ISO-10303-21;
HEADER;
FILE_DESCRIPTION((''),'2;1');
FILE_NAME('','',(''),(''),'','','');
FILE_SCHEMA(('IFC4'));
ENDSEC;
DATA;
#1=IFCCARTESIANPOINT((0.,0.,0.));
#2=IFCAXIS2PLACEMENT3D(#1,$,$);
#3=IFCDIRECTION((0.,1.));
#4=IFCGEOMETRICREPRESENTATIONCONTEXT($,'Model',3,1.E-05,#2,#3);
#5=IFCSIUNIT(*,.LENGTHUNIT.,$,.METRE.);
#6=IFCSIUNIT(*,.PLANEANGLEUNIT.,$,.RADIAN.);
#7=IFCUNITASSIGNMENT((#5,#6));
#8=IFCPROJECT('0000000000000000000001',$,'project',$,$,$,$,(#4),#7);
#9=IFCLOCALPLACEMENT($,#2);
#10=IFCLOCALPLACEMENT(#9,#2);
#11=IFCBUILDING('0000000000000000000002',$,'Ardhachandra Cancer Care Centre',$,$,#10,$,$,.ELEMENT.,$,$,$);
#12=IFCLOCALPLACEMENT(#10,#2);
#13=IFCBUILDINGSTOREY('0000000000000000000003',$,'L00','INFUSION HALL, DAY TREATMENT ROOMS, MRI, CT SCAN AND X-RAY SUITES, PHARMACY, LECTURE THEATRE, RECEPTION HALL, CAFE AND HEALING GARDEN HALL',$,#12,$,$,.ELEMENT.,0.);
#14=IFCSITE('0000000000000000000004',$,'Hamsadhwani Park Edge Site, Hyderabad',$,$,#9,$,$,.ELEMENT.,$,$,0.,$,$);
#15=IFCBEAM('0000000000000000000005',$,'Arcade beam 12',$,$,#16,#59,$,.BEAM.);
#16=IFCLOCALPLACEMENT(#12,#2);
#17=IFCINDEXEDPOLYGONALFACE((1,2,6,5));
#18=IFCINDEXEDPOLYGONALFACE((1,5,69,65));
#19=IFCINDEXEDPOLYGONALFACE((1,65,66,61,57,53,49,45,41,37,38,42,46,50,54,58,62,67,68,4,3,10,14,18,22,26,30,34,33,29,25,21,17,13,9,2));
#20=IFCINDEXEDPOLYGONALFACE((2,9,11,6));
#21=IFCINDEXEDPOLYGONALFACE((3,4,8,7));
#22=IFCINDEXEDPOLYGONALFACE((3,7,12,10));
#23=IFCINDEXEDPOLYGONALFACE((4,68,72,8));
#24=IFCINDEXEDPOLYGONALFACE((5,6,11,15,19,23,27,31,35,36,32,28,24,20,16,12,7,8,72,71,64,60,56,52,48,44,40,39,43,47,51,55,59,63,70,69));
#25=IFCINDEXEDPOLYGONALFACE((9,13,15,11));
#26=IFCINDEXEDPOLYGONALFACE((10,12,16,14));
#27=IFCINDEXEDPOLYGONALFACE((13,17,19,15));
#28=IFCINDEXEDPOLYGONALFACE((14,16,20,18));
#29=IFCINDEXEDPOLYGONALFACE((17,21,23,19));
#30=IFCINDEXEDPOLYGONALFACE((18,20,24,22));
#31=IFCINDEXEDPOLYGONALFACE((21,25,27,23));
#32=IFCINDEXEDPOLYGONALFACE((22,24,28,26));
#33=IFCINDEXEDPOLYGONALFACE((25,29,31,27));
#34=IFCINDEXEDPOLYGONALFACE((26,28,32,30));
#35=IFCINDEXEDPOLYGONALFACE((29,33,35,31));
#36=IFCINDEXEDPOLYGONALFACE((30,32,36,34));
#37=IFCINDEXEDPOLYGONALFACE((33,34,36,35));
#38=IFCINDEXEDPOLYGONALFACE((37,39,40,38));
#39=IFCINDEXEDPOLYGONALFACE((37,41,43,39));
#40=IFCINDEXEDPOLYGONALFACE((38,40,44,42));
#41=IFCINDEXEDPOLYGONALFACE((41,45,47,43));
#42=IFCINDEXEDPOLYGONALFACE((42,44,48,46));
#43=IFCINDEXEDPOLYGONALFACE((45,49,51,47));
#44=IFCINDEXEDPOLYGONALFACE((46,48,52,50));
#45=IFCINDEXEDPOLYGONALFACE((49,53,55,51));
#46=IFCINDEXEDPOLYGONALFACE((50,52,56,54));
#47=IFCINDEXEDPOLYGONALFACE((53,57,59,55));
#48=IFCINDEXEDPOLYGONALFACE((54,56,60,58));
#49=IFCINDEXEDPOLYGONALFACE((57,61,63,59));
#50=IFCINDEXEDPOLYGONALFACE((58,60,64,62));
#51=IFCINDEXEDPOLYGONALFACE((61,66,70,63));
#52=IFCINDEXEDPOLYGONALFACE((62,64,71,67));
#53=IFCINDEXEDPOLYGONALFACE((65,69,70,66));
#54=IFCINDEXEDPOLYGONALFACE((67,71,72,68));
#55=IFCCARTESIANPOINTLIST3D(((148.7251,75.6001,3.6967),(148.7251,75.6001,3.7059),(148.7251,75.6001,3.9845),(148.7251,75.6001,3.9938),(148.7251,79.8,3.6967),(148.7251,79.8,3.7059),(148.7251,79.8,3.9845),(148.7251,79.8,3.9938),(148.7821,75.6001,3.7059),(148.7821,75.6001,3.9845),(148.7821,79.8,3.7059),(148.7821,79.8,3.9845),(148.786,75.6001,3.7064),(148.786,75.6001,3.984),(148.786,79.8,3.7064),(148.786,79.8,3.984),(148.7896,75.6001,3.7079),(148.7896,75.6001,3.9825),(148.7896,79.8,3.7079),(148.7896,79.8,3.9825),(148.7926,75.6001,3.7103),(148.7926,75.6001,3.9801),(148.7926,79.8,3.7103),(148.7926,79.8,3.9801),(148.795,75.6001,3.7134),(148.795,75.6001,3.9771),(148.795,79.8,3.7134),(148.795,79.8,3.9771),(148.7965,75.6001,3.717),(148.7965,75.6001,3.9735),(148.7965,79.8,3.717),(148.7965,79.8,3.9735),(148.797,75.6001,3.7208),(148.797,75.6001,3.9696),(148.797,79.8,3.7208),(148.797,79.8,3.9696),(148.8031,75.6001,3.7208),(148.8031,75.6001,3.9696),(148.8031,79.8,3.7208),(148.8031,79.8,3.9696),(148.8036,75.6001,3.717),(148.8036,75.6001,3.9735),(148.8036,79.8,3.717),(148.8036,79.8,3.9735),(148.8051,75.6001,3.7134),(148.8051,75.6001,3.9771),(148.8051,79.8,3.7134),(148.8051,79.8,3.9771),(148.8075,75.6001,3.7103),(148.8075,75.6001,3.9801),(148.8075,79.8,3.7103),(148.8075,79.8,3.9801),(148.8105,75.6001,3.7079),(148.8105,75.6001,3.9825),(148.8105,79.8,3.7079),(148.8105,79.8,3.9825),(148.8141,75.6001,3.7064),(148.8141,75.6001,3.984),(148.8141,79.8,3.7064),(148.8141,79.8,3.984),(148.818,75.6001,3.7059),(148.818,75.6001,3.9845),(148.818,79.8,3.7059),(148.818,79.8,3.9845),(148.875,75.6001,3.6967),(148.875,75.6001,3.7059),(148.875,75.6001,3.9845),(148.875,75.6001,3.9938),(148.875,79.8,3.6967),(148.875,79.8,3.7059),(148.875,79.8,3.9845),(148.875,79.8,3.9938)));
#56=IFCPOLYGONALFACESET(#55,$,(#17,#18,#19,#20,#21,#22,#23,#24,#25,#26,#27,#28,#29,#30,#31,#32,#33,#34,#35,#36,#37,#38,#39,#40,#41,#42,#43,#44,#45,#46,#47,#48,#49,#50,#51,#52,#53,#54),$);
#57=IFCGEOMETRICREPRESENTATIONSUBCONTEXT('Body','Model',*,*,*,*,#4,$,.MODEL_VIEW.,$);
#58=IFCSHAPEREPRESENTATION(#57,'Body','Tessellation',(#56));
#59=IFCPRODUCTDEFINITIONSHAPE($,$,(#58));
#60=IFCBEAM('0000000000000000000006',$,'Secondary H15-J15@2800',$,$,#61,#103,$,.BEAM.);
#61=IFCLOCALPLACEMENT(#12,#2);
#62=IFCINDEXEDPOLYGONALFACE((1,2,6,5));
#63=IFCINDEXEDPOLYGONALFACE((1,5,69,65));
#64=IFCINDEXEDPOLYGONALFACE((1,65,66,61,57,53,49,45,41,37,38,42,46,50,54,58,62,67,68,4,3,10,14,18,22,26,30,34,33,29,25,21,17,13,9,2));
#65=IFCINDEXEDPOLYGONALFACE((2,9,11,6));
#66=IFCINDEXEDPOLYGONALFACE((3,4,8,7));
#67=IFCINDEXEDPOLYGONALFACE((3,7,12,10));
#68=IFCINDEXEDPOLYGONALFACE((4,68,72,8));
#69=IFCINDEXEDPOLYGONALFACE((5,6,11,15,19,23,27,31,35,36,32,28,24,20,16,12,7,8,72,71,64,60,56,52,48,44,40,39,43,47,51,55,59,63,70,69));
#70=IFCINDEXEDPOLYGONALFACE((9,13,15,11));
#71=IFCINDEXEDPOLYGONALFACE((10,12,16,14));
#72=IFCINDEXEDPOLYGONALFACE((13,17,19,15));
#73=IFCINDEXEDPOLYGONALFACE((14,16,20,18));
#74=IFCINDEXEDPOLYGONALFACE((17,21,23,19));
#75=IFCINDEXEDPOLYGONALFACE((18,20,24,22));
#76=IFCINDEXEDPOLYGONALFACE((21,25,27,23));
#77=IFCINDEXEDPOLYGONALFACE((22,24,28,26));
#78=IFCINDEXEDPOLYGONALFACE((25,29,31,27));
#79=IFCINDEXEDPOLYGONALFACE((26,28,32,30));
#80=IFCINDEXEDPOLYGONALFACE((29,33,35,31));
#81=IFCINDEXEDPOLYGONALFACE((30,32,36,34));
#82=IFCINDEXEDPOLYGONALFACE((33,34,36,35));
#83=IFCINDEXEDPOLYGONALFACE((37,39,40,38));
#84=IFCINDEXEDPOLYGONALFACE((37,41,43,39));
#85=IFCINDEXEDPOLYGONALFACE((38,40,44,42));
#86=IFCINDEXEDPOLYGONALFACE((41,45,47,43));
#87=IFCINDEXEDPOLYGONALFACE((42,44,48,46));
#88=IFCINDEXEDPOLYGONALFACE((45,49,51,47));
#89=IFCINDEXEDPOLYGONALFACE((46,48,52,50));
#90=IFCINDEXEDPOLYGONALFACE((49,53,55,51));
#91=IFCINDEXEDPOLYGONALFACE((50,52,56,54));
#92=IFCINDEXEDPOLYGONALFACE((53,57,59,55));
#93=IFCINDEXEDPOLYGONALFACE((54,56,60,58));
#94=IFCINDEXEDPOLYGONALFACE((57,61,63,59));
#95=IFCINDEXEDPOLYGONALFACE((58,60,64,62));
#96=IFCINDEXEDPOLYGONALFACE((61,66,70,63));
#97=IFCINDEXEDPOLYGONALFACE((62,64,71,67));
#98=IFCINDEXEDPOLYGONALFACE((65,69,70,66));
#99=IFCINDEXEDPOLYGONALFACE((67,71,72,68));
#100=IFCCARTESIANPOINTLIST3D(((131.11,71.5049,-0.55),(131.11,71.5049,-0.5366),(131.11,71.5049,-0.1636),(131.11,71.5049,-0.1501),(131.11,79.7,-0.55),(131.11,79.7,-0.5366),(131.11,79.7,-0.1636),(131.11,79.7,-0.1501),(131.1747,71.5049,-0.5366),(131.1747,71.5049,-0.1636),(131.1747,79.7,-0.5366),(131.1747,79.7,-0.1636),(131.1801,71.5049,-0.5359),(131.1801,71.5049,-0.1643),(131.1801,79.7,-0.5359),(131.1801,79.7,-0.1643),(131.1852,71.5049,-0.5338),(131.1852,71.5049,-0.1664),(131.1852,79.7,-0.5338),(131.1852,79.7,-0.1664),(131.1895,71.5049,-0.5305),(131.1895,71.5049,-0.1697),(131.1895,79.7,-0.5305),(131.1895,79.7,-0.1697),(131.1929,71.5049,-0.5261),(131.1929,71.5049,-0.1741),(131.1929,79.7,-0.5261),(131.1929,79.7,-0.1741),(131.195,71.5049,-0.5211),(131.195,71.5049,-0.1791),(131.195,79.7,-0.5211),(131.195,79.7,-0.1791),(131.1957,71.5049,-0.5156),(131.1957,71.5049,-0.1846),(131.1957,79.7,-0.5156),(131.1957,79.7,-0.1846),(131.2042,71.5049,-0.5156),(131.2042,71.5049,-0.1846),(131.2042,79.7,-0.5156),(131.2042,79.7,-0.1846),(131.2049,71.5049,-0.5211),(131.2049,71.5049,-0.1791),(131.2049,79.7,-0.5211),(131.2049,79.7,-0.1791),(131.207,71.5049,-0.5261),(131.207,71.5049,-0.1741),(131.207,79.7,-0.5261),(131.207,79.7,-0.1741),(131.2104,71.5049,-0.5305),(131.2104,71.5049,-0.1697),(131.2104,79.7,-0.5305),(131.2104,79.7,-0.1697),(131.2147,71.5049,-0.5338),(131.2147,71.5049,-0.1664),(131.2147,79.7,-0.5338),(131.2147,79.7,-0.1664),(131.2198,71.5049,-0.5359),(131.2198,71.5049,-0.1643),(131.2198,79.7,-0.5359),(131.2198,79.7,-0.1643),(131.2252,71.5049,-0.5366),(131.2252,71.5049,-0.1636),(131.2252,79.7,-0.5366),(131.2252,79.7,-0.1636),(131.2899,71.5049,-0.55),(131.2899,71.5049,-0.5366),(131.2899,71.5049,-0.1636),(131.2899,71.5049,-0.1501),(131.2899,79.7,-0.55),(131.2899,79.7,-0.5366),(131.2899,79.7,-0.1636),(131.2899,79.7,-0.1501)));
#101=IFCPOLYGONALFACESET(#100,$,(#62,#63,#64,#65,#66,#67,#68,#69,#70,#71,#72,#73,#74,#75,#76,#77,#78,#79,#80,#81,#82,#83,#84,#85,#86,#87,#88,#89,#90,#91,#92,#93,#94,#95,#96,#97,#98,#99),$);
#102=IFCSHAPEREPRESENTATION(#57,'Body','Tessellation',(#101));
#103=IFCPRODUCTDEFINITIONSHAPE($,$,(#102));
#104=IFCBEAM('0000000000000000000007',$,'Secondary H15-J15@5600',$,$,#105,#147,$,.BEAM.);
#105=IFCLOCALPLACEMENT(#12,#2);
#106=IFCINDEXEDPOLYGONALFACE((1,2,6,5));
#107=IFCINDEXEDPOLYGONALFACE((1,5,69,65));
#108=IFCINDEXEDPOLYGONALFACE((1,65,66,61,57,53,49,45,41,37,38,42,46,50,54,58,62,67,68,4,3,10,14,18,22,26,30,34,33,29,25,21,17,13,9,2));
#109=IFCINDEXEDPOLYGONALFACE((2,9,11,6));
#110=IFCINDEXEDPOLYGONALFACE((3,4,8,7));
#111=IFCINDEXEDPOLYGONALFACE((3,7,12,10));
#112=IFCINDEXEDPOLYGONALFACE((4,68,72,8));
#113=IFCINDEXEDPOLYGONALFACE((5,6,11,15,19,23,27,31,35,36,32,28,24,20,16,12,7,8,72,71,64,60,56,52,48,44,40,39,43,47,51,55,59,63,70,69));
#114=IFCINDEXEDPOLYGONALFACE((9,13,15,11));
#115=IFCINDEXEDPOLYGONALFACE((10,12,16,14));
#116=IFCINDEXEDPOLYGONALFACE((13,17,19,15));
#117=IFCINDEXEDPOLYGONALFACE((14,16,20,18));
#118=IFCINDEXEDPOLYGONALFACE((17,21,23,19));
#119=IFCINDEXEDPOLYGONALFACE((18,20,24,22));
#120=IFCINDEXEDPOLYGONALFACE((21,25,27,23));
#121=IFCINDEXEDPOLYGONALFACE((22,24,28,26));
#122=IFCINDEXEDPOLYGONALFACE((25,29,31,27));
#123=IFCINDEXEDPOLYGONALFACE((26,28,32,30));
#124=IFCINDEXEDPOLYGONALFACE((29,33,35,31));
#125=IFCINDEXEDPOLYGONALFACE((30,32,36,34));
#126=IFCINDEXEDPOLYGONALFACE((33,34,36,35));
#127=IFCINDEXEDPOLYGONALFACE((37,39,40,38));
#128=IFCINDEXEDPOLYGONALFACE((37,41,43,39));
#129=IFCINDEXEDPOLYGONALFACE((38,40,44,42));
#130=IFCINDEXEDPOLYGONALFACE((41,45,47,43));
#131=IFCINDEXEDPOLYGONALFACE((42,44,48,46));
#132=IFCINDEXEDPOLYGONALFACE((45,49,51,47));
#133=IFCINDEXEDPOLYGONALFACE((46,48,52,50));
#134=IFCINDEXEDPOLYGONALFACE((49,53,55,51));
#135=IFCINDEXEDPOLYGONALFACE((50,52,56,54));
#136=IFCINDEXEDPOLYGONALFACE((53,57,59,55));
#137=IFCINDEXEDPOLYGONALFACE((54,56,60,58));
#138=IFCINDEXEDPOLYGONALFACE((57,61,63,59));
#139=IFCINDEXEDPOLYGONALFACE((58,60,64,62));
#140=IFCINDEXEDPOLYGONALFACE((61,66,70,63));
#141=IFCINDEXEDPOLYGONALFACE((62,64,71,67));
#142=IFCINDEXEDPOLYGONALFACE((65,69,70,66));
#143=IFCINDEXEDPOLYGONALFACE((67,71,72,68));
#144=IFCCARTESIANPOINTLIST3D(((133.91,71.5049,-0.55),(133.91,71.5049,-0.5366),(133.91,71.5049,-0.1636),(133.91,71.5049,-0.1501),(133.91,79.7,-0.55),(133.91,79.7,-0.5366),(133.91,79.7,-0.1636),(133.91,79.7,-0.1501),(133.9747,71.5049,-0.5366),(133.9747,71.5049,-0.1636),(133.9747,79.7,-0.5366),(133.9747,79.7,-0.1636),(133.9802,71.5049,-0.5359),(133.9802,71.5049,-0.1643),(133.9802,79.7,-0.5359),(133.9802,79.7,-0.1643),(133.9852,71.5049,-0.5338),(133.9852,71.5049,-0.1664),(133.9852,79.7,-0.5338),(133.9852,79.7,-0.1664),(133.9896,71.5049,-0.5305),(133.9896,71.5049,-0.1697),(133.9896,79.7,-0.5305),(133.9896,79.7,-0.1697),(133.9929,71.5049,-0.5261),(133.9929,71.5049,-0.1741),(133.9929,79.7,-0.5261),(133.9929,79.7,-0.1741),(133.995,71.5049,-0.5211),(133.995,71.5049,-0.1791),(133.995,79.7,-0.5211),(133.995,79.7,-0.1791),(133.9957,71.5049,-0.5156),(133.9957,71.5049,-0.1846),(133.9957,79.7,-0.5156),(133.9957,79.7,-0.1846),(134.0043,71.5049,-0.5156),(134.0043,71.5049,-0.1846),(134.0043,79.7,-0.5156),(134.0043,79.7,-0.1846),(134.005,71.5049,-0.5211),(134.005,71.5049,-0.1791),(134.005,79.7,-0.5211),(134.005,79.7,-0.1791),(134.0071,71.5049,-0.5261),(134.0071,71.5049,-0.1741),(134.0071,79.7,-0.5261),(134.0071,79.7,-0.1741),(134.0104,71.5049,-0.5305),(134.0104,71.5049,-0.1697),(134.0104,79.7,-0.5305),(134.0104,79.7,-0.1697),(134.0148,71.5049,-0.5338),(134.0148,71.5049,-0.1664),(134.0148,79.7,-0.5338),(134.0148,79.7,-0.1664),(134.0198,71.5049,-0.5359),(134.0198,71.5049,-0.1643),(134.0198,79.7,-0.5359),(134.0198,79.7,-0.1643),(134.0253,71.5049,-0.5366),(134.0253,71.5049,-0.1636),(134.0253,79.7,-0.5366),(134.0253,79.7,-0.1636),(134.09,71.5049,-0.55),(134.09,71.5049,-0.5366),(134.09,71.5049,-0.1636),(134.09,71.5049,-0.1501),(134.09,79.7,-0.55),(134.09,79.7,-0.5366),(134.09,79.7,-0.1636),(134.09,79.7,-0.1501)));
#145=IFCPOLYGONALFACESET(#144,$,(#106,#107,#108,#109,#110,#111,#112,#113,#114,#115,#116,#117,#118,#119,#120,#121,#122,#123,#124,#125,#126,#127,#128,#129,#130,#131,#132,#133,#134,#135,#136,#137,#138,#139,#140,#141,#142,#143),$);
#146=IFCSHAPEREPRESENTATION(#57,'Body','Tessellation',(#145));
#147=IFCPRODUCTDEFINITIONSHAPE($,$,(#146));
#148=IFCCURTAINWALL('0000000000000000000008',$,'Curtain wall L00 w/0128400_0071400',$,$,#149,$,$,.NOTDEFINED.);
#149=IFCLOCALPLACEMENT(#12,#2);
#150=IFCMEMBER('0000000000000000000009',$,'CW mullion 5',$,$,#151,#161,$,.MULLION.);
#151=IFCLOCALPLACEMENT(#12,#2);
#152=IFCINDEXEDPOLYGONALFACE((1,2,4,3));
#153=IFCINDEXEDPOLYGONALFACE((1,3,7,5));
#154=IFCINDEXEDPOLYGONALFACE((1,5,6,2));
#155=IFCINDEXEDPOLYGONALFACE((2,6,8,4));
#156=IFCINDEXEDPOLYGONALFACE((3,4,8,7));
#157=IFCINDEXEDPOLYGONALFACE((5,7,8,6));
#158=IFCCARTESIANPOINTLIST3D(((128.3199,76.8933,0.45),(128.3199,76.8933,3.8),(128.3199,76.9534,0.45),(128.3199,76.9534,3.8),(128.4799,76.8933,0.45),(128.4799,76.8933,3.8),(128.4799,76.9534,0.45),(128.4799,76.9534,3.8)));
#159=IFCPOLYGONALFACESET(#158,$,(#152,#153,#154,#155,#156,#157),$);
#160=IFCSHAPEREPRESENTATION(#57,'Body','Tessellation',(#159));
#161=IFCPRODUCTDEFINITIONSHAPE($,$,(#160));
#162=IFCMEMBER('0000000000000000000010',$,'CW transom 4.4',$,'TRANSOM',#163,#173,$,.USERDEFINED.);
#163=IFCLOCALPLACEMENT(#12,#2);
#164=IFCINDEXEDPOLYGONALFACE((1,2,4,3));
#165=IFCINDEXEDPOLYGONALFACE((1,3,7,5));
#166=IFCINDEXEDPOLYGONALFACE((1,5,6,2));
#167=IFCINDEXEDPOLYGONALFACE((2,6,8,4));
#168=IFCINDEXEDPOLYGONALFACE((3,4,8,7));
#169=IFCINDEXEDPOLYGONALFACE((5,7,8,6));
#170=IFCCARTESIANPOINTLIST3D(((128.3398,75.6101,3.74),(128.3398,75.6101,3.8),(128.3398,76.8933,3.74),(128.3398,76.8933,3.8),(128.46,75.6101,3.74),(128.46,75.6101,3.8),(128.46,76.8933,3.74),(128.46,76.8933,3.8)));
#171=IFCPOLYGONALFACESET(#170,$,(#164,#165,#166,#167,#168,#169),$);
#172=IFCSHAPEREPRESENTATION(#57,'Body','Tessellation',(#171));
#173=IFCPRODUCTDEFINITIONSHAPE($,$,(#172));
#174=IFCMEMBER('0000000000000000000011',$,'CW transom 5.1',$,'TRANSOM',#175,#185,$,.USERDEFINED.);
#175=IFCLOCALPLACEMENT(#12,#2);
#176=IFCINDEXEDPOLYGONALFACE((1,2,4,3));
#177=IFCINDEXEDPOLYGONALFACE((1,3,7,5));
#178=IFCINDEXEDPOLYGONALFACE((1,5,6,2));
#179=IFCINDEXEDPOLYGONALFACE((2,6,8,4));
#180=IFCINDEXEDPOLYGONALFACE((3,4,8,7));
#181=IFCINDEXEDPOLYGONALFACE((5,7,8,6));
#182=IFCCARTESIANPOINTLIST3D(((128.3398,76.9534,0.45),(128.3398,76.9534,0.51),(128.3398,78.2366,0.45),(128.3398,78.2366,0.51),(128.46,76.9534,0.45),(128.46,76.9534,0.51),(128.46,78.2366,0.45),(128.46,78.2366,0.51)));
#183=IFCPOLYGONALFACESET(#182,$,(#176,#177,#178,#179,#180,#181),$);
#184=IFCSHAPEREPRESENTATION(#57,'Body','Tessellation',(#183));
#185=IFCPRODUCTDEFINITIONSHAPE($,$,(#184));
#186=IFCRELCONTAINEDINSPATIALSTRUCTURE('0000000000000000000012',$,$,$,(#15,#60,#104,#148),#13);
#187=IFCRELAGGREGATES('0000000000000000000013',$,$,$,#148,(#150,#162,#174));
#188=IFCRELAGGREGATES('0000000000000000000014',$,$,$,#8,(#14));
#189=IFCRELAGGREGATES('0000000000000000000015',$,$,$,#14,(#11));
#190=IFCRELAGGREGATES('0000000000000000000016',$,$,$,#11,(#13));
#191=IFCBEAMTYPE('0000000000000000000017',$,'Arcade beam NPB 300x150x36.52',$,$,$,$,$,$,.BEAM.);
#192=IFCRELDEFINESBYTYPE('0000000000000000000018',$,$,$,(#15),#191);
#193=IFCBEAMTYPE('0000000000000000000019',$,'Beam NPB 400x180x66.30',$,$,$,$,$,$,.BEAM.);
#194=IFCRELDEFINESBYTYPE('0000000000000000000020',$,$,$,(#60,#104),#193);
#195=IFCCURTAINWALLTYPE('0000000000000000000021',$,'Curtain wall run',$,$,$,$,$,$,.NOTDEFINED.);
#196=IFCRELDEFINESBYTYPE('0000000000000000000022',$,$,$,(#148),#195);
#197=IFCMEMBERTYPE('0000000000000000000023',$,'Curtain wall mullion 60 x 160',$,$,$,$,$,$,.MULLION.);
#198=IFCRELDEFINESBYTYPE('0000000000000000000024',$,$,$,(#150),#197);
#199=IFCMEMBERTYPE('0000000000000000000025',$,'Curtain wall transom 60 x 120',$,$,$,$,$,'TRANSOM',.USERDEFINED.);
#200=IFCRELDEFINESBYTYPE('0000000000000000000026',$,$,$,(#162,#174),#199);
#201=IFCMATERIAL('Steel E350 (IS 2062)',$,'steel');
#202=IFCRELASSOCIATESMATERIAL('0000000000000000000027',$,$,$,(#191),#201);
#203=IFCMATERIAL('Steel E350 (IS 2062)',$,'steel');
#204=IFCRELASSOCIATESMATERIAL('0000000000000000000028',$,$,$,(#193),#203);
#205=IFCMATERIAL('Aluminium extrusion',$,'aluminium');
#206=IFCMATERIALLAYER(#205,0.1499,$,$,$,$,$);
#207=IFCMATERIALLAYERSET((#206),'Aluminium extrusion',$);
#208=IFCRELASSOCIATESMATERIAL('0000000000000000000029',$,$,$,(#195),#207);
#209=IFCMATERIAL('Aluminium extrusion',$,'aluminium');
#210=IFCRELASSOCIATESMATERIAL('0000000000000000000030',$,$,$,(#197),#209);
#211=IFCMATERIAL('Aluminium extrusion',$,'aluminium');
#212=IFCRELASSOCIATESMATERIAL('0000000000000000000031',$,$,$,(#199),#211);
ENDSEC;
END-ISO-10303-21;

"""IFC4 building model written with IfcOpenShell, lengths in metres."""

from ifc_helpers import new_model, si_unit, direction, frame, origin, origin_2d, place, context, subcontext, project, spatial, rectangle, i_section, extrude, material, layer, layer_set, material_profile, profile_set, type_object, element, aggregate, save


model = new_model("IFC4")

# Units and contexts
model_context = context("Model", 3, precision=1e-05, world=origin(), true_north=direction((0.0, 1.0)))
body_context = subcontext(model_context, "Body", "Model", "MODEL_VIEW")
ifc_project = project(units=[si_unit("LENGTHUNIT", "METRE"), si_unit("PLANEANGLEUNIT", "RADIAN")], contexts=[model_context])

# Site, building, storey
site_placement = place(None, origin())
site = spatial("IfcSite", under=ifc_project, at=site_placement, Name="Hamsadhwani Park Edge Site, Hyderabad", CompositionType="ELEMENT", RefElevation=0.0)
building_placement = place(site_placement, origin())
building = spatial("IfcBuilding", under=site, at=building_placement, Name="Ardhachandra Cancer Care Centre", CompositionType="ELEMENT")
storey_placement = place(building_placement, origin())
storey = spatial("IfcBuildingStorey", under=building, at=storey_placement, Name="L00", Description="INFUSION HALL, DAY TREATMENT ROOMS, MRI, CT SCAN AND X-RAY SUITES, PHARMACY, LECTURE THEATRE, RECEPTION HALL, CAFE AND HEALING GARDEN HALL", CompositionType="ELEMENT", Elevation=0.0)

# Beams
ifc_material_1 = material(Name="Steel E350 (IS 2062)", Category="steel")
ifc_material_profile_1 = material_profile(ifc_material_1, i_section(OverallWidth=0.1499, OverallDepth=0.2971, WebThickness=0.0061, FlangeThickness=0.0093, FilletRadius=0.0149, at=origin_2d()), Name="NPB 300x150x36.52")
ifc_profile_set_1 = profile_set([ifc_material_profile_1], Name="Steel E350 (IS 2062)")
beam_type_1 = type_object("IfcBeamType", Name="Arcade beam NPB 300x150x36.52", PredefinedType="BEAM", material=ifc_profile_set_1)
beam_1_placement = place(storey_placement, frame((148.8, 75.6001, 3.8452), z_axis=(0.0, 1.0, 0.0), x_axis=(-1.0, 0.0, 0.0)))
element("IfcBeam", 1, at=beam_1_placement, inside=storey, type_object=beam_type_1, Name="Arcade beam 12", PredefinedType="BEAM", context=body_context, shape_type="SweptSolid", body=[
    extrude(i_section(OverallWidth=0.1499, OverallDepth=0.2971, WebThickness=0.0061, FlangeThickness=0.0093, FilletRadius=0.0149, at=origin_2d()), origin(), (0.0, 0.0, 1.0), 4.2),
])
ifc_material_2 = material(Name="Steel E350 (IS 2062)", Category="steel")
ifc_material_profile_2 = material_profile(ifc_material_2, i_section(OverallWidth=0.1799, OverallDepth=0.3999, WebThickness=0.0085, FlangeThickness=0.0134, FilletRadius=0.021, at=origin_2d()), Name="NPB 400x180x66.30")
ifc_profile_set_2 = profile_set([ifc_material_profile_2], Name="Steel E350 (IS 2062)")
beam_type_2 = type_object("IfcBeamType", Name="Beam NPB 400x180x66.30", PredefinedType="BEAM", material=ifc_profile_set_2)
for number, where, z_axis, x_axis, name in (
    (2, (131.2, 71.5049, -0.3501), (0.0, 1.0, 0.0), (-1.0, 0.0, 0.0), "Secondary H15-J15@2800"),
    (3, (134.0, 71.5049, -0.3501), (0.0, 1.0, 0.0), (-1.0, 0.0, 0.0), "Secondary H15-J15@5600"),
):
    element("IfcBeam", number, at=place(storey_placement, frame(where, z_axis=z_axis, x_axis=x_axis)), inside=storey, type_object=beam_type_2, Name=name, PredefinedType="BEAM", context=body_context, shape_type="SweptSolid", body=[
        extrude(i_section(OverallWidth=0.1799, OverallDepth=0.3999, WebThickness=0.0085, FlangeThickness=0.0134, FilletRadius=0.021, at=origin_2d()), origin(), (0.0, 0.0, 1.0), 8.1951),
    ])

# Curtain wall, members
ifc_material_3 = material(Name="Aluminium extrusion", Category="aluminium")
ifc_layer_1 = layer(ifc_material_3, 0.1499)
ifc_layer_set_1 = layer_set([ifc_layer_1], Name="Aluminium extrusion")
curtain_wall_type = type_object("IfcCurtainWallType", Name="Curtain wall run", PredefinedType="NOTDEFINED", material=ifc_layer_set_1)
curtain_wall_placement = place(storey_placement, origin())
curtain_wall = element("IfcCurtainWall", 4, at=curtain_wall_placement, inside=storey, type_object=curtain_wall_type, Name="Curtain wall L00 w/0128400_0071400", PredefinedType="NOTDEFINED")
ifc_material_4 = material(Name="Aluminium extrusion", Category="aluminium")
ifc_material_profile_3 = material_profile(ifc_material_4, rectangle(XDim=0.1599, YDim=0.0601, at=origin_2d()), Name="Curtain wall mullion 60 x 160")
ifc_profile_set_3 = profile_set([ifc_material_profile_3], Name="Aluminium extrusion")
member_type_1 = type_object("IfcMemberType", Name="Curtain wall mullion 60 x 160", PredefinedType="MULLION", material=ifc_profile_set_3)
member_1_placement = place(storey_placement, frame((128.3999, 76.9233, 0.45), z_axis=(0.0, 0.0, 1.0), x_axis=(-1.0, 0.0, 0.0)))
member_1 = element("IfcMember", 5, at=member_1_placement, type_object=member_type_1, Name="CW mullion 5", PredefinedType="MULLION", context=body_context, shape_type="SweptSolid", body=[
    extrude(rectangle(XDim=0.1599, YDim=0.0601, at=origin_2d()), origin(), (0.0, 0.0, 1.0), 3.3501),
])
ifc_material_5 = material(Name="Aluminium extrusion", Category="aluminium")
ifc_material_profile_4 = material_profile(ifc_material_5, rectangle(XDim=0.1201, YDim=0.0601, at=origin_2d()), Name="Curtain wall transom 60 x 120")
ifc_profile_set_4 = profile_set([ifc_material_profile_4], Name="Aluminium extrusion")
member_type_2 = type_object("IfcMemberType", Name="Curtain wall transom 60 x 120", ElementType="TRANSOM", PredefinedType="USERDEFINED", material=ifc_profile_set_4)
member_2_placement = place(storey_placement, frame((128.3999, 75.6101, 3.77), z_axis=(0.0, 1.0, 0.0), x_axis=(-1.0, 0.0, 0.0)))
member_2 = element("IfcMember", 6, at=member_2_placement, type_object=member_type_2, Name="CW transom 4.4", ObjectType="TRANSOM", PredefinedType="USERDEFINED", context=body_context, shape_type="SweptSolid", body=[
    extrude(rectangle(XDim=0.1201, YDim=0.0601, at=origin_2d()), origin(), (0.0, 0.0, 1.0), 1.2832),
])
member_3_placement = place(storey_placement, frame((128.3999, 76.9534, 0.48), z_axis=(0.0, 1.0, 0.0), x_axis=(-1.0, 0.0, 0.0)))
member_3 = element("IfcMember", 7, at=member_3_placement, type_object=member_type_2, Name="CW transom 5.1", ObjectType="TRANSOM", PredefinedType="USERDEFINED", context=body_context, shape_type="SweptSolid", body=[
    extrude(rectangle(XDim=0.1201, YDim=0.0601, at=origin_2d()), origin(), (0.0, 0.0, 1.0), 1.2832),
])

aggregate(curtain_wall, [member_1, member_2, member_3])

save(model, "model.ifc")
